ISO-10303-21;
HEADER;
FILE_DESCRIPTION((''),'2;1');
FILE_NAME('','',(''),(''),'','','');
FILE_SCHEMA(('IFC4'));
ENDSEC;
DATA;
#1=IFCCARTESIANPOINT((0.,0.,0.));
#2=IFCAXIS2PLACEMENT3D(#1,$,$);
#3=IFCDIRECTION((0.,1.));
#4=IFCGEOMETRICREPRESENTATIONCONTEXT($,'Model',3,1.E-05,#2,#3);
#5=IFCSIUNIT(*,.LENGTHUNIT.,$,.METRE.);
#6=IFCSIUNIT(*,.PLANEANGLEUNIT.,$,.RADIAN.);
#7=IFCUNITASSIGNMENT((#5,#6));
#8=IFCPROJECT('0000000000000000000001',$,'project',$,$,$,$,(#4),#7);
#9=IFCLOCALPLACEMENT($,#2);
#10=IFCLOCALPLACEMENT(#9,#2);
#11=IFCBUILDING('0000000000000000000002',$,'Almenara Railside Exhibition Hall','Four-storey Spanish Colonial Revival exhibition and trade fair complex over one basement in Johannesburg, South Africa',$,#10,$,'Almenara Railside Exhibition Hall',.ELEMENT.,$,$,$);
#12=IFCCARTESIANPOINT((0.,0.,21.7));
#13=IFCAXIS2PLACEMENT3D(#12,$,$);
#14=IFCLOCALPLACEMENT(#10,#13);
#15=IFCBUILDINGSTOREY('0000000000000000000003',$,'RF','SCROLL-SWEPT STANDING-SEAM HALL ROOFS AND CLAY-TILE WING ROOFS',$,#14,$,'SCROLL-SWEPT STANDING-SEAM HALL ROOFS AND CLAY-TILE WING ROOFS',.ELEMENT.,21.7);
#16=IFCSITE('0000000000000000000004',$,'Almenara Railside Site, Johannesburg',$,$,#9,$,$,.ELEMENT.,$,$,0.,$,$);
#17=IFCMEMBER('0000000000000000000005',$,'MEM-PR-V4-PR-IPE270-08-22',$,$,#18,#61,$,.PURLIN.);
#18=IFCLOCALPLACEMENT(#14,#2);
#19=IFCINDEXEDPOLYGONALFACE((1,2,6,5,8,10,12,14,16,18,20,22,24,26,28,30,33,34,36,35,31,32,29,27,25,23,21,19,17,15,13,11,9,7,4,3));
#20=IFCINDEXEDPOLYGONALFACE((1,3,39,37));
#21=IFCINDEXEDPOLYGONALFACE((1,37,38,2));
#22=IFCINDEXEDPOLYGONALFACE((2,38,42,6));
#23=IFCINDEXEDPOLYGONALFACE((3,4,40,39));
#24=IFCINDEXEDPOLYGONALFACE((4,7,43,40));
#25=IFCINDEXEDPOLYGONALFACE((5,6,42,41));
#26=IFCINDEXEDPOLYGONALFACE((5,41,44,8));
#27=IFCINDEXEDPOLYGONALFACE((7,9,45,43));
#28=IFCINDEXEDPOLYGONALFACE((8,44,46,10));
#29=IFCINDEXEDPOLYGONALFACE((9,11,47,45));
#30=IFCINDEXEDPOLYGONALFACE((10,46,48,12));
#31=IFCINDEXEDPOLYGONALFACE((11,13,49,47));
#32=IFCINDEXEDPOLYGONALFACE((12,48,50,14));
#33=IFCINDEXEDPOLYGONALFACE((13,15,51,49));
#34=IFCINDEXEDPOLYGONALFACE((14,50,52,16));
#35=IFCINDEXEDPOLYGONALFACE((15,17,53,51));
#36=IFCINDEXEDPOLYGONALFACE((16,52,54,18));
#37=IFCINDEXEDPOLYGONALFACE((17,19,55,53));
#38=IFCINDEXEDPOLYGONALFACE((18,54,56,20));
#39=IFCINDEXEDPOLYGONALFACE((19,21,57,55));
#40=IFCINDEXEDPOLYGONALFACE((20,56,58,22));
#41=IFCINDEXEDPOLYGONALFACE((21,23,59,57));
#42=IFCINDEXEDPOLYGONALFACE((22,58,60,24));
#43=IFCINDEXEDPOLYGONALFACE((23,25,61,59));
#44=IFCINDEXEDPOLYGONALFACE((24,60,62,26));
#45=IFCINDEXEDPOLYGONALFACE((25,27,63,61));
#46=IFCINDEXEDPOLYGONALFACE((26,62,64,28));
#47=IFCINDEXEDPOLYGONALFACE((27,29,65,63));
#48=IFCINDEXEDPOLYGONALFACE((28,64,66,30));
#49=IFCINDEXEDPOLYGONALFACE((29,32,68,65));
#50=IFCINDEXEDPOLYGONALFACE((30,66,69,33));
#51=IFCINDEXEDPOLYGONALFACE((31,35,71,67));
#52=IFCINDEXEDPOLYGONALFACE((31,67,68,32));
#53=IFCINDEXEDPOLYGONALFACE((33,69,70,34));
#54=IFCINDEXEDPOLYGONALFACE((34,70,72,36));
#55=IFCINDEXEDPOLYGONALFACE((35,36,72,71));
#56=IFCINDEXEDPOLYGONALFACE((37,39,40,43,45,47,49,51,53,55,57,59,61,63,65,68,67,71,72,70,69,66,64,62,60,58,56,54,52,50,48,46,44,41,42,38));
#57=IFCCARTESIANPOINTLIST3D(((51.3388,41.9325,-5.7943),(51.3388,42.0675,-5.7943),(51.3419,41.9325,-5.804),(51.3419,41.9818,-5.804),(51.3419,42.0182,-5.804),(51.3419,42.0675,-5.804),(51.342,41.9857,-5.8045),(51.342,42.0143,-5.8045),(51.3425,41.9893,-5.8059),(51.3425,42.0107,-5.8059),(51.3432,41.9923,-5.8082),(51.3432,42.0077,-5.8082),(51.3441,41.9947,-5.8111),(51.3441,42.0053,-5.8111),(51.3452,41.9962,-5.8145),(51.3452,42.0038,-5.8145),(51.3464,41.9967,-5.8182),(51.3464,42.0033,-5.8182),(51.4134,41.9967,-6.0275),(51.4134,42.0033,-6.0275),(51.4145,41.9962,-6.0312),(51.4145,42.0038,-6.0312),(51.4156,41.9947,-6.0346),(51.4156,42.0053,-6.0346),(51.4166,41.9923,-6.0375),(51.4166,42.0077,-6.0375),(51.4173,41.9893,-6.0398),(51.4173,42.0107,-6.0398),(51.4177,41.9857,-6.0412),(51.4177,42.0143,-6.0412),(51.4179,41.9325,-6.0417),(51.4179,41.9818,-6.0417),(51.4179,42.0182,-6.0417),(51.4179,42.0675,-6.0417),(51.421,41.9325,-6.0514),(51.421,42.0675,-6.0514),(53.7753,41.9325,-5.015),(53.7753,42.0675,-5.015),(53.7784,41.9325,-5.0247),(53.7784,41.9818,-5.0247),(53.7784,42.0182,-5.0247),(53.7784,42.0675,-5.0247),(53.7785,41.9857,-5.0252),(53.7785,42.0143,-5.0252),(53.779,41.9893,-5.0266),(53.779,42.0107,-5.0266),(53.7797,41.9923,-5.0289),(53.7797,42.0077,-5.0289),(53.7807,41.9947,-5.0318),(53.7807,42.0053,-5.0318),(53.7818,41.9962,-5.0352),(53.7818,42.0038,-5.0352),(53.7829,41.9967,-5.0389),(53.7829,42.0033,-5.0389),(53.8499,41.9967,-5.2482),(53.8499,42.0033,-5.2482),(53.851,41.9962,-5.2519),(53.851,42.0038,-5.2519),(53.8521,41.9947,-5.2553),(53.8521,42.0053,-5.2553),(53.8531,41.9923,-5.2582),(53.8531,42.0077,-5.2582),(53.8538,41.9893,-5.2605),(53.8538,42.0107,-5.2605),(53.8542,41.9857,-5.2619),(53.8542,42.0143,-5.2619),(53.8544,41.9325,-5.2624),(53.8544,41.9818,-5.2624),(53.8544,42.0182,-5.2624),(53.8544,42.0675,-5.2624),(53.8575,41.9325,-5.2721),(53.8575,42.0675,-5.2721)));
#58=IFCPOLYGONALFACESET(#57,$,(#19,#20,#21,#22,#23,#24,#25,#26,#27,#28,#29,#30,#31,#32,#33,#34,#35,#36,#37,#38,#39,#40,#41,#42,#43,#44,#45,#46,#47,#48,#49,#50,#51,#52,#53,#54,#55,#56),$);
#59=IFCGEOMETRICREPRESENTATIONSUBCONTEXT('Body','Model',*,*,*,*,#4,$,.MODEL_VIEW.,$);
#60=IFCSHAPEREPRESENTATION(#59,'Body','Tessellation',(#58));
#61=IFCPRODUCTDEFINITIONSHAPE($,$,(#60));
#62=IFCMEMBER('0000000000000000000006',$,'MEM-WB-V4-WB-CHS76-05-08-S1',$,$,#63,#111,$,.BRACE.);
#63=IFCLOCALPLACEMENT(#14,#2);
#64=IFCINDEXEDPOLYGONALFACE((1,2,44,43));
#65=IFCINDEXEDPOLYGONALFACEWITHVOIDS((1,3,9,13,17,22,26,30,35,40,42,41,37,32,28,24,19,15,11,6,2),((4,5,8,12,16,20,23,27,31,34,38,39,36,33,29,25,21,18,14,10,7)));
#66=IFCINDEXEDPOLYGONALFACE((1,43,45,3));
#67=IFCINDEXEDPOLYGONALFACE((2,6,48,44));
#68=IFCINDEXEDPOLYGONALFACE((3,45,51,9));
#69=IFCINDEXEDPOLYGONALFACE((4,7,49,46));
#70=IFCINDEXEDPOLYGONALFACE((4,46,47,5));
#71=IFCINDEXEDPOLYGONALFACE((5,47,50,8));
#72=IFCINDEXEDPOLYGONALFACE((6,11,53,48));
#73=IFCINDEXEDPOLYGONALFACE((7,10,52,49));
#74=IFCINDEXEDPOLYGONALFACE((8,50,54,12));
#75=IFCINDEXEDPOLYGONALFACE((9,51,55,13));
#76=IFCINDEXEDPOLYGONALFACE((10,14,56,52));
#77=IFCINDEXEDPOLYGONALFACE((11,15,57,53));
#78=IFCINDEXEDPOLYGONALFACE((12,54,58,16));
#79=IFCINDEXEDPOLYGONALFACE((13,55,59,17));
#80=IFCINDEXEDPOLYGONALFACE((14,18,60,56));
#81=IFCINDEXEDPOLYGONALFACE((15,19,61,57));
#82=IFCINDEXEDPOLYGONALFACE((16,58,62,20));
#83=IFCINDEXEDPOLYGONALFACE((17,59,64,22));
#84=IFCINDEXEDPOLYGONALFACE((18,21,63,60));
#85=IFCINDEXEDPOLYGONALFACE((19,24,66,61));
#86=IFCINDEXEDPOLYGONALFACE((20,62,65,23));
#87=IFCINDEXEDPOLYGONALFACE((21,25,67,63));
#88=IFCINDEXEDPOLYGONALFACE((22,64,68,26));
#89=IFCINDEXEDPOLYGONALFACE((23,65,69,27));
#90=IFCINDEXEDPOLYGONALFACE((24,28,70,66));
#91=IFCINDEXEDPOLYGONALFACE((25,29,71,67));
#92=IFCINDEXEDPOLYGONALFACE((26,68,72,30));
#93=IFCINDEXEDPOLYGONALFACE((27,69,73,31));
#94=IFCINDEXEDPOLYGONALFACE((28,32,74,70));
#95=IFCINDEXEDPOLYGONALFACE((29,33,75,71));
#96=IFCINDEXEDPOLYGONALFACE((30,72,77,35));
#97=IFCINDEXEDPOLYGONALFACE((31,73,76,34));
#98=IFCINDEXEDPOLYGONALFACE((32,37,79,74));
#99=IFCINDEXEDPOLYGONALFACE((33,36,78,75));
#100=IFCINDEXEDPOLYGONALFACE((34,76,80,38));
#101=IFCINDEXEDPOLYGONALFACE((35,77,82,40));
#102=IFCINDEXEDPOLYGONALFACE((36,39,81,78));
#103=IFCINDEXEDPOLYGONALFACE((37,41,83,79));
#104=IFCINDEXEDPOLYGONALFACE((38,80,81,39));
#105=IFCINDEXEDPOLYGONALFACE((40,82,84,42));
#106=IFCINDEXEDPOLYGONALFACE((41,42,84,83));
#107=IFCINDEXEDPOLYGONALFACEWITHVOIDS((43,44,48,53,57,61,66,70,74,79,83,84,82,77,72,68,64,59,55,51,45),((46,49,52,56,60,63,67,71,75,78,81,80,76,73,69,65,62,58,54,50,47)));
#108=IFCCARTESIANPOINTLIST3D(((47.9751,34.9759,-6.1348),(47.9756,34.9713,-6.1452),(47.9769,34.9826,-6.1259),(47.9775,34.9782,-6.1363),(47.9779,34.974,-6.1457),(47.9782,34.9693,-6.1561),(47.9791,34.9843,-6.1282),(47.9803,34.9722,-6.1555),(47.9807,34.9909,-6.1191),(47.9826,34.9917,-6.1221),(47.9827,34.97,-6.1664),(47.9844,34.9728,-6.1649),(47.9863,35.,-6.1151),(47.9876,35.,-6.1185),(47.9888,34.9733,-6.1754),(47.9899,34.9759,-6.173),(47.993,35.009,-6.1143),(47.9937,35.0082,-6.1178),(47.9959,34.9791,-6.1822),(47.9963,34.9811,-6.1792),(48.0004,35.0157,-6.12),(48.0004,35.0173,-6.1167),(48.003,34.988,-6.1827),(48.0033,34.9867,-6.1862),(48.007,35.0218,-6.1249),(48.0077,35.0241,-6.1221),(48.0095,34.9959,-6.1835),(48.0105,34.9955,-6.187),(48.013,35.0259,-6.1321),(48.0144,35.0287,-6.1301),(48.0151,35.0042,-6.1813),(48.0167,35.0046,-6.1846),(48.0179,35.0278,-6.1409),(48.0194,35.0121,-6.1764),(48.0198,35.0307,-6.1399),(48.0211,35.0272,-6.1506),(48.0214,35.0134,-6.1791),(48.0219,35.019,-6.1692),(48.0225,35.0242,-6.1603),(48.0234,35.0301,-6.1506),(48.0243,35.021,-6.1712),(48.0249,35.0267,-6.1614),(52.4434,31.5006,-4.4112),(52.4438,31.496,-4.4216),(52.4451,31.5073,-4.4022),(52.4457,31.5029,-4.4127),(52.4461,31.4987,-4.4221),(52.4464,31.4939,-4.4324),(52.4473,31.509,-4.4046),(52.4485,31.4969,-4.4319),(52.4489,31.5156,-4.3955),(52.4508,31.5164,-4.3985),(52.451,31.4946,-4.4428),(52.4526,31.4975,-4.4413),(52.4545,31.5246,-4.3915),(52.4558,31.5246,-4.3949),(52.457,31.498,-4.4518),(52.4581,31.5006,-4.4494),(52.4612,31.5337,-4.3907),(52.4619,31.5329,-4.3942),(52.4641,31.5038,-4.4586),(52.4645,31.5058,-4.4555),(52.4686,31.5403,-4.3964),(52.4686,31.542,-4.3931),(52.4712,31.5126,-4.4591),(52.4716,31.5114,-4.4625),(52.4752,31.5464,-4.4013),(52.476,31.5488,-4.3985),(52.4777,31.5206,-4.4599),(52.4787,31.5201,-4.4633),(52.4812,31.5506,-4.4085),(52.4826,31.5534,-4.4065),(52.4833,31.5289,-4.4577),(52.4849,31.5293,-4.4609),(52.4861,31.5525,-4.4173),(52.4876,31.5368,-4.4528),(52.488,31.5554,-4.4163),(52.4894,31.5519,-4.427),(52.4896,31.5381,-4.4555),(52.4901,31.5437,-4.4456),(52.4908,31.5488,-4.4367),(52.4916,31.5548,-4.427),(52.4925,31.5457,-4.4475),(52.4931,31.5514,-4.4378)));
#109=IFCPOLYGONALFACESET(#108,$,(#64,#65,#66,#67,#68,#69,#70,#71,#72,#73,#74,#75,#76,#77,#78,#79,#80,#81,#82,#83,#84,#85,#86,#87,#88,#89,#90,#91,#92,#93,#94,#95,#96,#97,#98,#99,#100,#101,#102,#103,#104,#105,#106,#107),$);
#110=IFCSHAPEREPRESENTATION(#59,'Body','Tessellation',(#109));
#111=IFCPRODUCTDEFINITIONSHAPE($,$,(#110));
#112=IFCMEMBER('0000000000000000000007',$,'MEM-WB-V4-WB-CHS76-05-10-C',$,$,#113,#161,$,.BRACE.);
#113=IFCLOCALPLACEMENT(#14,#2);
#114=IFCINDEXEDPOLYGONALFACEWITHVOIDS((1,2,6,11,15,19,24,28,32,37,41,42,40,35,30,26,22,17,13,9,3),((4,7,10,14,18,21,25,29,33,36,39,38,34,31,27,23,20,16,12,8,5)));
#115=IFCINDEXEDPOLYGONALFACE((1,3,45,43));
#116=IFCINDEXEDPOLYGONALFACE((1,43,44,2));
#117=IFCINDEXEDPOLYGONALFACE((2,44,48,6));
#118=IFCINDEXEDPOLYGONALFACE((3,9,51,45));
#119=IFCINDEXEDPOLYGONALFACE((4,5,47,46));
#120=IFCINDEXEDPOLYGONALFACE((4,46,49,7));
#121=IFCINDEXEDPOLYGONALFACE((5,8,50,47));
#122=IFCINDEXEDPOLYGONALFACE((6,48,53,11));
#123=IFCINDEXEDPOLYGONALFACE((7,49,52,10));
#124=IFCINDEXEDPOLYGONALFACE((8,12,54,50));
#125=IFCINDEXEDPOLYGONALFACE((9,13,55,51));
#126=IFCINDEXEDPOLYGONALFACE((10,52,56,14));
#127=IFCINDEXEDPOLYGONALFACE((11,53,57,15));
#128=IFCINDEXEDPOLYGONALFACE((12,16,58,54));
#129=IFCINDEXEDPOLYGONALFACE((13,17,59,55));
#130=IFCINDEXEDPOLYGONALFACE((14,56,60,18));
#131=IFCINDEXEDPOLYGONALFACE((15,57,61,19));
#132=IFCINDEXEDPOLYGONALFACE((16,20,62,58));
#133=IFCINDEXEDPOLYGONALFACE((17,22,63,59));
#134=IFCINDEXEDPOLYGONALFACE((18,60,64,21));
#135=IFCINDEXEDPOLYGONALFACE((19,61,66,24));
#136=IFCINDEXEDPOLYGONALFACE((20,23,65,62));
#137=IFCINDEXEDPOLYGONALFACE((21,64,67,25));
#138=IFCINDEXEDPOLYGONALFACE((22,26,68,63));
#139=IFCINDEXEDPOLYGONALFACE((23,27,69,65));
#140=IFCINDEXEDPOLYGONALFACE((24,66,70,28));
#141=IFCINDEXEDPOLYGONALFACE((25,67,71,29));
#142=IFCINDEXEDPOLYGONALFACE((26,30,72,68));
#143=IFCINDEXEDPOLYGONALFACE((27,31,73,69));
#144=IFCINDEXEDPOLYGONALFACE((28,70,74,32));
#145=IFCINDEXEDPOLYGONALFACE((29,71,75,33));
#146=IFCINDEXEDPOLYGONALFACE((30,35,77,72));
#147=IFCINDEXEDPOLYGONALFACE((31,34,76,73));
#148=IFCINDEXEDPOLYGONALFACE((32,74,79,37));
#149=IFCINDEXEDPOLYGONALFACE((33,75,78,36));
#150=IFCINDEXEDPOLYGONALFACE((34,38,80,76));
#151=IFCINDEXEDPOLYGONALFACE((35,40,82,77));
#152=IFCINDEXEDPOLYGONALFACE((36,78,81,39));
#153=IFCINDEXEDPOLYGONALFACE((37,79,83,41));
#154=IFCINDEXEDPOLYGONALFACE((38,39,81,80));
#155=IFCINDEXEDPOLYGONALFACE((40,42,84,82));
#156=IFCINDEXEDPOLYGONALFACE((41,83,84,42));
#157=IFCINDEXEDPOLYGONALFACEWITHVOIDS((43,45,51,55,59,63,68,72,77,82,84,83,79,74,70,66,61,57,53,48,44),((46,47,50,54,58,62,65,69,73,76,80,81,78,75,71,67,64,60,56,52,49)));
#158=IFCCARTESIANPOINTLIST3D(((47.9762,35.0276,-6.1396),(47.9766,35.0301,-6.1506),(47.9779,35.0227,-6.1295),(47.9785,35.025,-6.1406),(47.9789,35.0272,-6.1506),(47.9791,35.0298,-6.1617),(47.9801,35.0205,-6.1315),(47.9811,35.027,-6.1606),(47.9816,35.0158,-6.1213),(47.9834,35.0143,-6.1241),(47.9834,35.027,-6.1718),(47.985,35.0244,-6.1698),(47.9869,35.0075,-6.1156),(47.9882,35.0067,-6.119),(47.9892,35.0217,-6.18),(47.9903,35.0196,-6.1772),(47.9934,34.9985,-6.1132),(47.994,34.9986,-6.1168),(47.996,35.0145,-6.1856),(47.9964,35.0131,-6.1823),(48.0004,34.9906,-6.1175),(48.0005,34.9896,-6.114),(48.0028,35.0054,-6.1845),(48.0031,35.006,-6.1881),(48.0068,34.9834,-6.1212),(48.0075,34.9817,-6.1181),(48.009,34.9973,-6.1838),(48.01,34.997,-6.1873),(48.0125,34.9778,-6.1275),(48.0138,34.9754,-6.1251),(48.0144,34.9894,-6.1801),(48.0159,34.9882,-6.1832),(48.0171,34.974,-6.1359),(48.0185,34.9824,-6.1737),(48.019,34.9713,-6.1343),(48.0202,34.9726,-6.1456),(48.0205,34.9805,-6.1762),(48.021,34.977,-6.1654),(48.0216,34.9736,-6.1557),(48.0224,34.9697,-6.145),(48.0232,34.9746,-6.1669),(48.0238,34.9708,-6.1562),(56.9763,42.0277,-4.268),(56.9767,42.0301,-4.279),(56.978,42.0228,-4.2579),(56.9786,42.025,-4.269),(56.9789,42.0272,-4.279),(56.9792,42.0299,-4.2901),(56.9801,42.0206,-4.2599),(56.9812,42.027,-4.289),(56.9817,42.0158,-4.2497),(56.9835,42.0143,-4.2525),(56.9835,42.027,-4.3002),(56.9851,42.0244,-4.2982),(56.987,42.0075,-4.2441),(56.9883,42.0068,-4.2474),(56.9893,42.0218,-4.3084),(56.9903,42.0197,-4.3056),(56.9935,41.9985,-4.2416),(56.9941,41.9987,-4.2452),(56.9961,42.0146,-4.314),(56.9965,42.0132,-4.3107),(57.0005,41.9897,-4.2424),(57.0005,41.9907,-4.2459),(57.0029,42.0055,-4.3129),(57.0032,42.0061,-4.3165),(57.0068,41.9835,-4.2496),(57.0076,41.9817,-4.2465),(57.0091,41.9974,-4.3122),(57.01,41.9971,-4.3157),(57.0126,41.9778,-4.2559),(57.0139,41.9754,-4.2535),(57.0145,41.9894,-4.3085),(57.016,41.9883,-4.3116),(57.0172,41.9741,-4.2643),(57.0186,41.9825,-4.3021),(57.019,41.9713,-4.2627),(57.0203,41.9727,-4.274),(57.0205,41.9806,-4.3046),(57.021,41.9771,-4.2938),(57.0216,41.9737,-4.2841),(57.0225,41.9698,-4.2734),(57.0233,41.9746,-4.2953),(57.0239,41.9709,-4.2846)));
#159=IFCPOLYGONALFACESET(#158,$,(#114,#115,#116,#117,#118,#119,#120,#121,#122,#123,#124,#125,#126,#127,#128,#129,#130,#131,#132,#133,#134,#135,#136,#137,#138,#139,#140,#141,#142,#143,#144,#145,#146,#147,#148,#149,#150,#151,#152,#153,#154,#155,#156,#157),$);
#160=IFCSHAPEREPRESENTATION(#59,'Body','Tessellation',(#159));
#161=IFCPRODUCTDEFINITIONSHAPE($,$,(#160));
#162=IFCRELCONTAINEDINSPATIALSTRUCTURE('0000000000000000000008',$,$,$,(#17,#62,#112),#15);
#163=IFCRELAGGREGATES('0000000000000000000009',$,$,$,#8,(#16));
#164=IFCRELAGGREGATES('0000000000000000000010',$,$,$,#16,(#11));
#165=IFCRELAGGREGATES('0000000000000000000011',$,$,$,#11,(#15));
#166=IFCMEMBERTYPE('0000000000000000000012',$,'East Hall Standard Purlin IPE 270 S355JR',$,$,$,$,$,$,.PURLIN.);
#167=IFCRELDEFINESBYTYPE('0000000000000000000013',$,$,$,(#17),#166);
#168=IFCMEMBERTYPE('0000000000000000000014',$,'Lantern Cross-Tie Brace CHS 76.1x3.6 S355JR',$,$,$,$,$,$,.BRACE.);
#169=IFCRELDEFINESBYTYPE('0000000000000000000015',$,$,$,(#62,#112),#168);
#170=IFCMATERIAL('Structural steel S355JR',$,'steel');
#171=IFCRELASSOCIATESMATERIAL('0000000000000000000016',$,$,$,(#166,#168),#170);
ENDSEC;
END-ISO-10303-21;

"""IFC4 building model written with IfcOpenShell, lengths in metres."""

from ifc_helpers import new_model, si_unit, direction, frame, origin, origin_2d, place, context, subcontext, project, spatial, hollow_circle, i_section, extrude, material, material_profile, profile_set, type_object, element, save


model = new_model("IFC4")

# Units and contexts
model_context = context("Model", 3, precision=1e-05, world=origin(), true_north=direction((0.0, 1.0)))
body_context = subcontext(model_context, "Body", "Model", "MODEL_VIEW")
ifc_project = project(units=[si_unit("LENGTHUNIT", "METRE"), si_unit("PLANEANGLEUNIT", "RADIAN")], contexts=[model_context])

# Site, building, storey
site_placement = place(None, origin())
site = spatial("IfcSite", under=ifc_project, at=site_placement, Name="Almenara Railside Site, Johannesburg", CompositionType="ELEMENT", RefElevation=0.0)
building_placement = place(site_placement, origin())
building = spatial("IfcBuilding", under=site, at=building_placement, Name="Almenara Railside Exhibition Hall", Description="Four-storey Spanish Colonial Revival exhibition and trade fair complex over one basement in Johannesburg, South Africa", LongName="Almenara Railside Exhibition Hall", CompositionType="ELEMENT")
storey_placement = place(building_placement, frame((0.0, 0.0, 21.7)))
storey = spatial("IfcBuildingStorey", under=building, at=storey_placement, Name="RF", Description="SCROLL-SWEPT STANDING-SEAM HALL ROOFS AND CLAY-TILE WING ROOFS", LongName="SCROLL-SWEPT STANDING-SEAM HALL ROOFS AND CLAY-TILE WING ROOFS", CompositionType="ELEMENT", Elevation=21.7)

# Shared definitions
ifc_material_1 = material(Name="Structural steel S355JR", Category="steel")

# Members
ifc_material_profile_1 = material_profile(ifc_material_1, i_section(OverallWidth=0.135, OverallDepth=0.27, WebThickness=0.0066, FlangeThickness=0.0103, FilletRadius=0.0149, at=origin_2d()), Name="IPE 270")
ifc_profile_set_1 = profile_set([ifc_material_profile_1], Name="Structural steel S355JR")
member_type_1 = type_object("IfcMemberType", Name="East Hall Standard Purlin IPE 270 S355JR", PredefinedType="PURLIN", material=ifc_profile_set_1)
member_1_placement = place(storey_placement, frame((51.3799, 42.0, -5.9229), z_axis=(0.952468, 0.0, 0.304637), x_axis=(0.0, 1.0, 0.0)))
element("IfcMember", 1, at=member_1_placement, inside=storey, type_object=member_type_1, Name="MEM-PR-V4-PR-IPE270-08-22", PredefinedType="PURLIN", context=body_context, shape_type="SweptSolid", body=[
    extrude(i_section(OverallWidth=0.135, OverallDepth=0.27, WebThickness=0.0066, FlangeThickness=0.0103, FilletRadius=0.0149, at=origin_2d()), origin(), (0.0, 0.0, 1.0), 2.5581),
])
ifc_material_profile_2 = material_profile(ifc_material_1, hollow_circle(Radius=0.0381, WallThickness=0.0037, at=origin_2d()), Name="CHS 76.1x3.6")
ifc_profile_set_2 = profile_set([ifc_material_profile_2], Name="Structural steel S355JR")
member_type_2 = type_object("IfcMemberType", Name="Lantern Cross-Tie Brace CHS 76.1x3.6 S355JR", PredefinedType="BRACE", material=ifc_profile_set_2)
member_2_placement = place(storey_placement, frame((48.0, 35.0, -6.1506), z_axis=(0.75512, -0.58732, 0.291288), x_axis=(0.613944, 0.78935, 0.0)))
element("IfcMember", 2, at=member_2_placement, inside=storey, type_object=member_type_2, Name="MEM-WB-V4-WB-CHS76-05-08-S1", PredefinedType="BRACE", context=body_context, shape_type="SweptSolid", body=[
    extrude(hollow_circle(Radius=0.0381, WallThickness=0.0037, at=origin_2d()), origin(), (0.0, 0.0, 1.0), 5.9172),
])
member_3_placement = place(storey_placement, frame((48.0, 35.0, -6.1506), z_axis=(0.778928, 0.605833, 0.161981), x_axis=(-0.613941, 0.789352, 0.0)))
element("IfcMember", 3, at=member_3_placement, inside=storey, type_object=member_type_2, Name="MEM-WB-V4-WB-CHS76-05-10-C", PredefinedType="BRACE", context=body_context, shape_type="SweptSolid", body=[
    extrude(hollow_circle(Radius=0.0381, WallThickness=0.0037, at=origin_2d()), origin(), (0.0, 0.0, 1.0), 11.5544),
])

save(model, "model.ifc")
